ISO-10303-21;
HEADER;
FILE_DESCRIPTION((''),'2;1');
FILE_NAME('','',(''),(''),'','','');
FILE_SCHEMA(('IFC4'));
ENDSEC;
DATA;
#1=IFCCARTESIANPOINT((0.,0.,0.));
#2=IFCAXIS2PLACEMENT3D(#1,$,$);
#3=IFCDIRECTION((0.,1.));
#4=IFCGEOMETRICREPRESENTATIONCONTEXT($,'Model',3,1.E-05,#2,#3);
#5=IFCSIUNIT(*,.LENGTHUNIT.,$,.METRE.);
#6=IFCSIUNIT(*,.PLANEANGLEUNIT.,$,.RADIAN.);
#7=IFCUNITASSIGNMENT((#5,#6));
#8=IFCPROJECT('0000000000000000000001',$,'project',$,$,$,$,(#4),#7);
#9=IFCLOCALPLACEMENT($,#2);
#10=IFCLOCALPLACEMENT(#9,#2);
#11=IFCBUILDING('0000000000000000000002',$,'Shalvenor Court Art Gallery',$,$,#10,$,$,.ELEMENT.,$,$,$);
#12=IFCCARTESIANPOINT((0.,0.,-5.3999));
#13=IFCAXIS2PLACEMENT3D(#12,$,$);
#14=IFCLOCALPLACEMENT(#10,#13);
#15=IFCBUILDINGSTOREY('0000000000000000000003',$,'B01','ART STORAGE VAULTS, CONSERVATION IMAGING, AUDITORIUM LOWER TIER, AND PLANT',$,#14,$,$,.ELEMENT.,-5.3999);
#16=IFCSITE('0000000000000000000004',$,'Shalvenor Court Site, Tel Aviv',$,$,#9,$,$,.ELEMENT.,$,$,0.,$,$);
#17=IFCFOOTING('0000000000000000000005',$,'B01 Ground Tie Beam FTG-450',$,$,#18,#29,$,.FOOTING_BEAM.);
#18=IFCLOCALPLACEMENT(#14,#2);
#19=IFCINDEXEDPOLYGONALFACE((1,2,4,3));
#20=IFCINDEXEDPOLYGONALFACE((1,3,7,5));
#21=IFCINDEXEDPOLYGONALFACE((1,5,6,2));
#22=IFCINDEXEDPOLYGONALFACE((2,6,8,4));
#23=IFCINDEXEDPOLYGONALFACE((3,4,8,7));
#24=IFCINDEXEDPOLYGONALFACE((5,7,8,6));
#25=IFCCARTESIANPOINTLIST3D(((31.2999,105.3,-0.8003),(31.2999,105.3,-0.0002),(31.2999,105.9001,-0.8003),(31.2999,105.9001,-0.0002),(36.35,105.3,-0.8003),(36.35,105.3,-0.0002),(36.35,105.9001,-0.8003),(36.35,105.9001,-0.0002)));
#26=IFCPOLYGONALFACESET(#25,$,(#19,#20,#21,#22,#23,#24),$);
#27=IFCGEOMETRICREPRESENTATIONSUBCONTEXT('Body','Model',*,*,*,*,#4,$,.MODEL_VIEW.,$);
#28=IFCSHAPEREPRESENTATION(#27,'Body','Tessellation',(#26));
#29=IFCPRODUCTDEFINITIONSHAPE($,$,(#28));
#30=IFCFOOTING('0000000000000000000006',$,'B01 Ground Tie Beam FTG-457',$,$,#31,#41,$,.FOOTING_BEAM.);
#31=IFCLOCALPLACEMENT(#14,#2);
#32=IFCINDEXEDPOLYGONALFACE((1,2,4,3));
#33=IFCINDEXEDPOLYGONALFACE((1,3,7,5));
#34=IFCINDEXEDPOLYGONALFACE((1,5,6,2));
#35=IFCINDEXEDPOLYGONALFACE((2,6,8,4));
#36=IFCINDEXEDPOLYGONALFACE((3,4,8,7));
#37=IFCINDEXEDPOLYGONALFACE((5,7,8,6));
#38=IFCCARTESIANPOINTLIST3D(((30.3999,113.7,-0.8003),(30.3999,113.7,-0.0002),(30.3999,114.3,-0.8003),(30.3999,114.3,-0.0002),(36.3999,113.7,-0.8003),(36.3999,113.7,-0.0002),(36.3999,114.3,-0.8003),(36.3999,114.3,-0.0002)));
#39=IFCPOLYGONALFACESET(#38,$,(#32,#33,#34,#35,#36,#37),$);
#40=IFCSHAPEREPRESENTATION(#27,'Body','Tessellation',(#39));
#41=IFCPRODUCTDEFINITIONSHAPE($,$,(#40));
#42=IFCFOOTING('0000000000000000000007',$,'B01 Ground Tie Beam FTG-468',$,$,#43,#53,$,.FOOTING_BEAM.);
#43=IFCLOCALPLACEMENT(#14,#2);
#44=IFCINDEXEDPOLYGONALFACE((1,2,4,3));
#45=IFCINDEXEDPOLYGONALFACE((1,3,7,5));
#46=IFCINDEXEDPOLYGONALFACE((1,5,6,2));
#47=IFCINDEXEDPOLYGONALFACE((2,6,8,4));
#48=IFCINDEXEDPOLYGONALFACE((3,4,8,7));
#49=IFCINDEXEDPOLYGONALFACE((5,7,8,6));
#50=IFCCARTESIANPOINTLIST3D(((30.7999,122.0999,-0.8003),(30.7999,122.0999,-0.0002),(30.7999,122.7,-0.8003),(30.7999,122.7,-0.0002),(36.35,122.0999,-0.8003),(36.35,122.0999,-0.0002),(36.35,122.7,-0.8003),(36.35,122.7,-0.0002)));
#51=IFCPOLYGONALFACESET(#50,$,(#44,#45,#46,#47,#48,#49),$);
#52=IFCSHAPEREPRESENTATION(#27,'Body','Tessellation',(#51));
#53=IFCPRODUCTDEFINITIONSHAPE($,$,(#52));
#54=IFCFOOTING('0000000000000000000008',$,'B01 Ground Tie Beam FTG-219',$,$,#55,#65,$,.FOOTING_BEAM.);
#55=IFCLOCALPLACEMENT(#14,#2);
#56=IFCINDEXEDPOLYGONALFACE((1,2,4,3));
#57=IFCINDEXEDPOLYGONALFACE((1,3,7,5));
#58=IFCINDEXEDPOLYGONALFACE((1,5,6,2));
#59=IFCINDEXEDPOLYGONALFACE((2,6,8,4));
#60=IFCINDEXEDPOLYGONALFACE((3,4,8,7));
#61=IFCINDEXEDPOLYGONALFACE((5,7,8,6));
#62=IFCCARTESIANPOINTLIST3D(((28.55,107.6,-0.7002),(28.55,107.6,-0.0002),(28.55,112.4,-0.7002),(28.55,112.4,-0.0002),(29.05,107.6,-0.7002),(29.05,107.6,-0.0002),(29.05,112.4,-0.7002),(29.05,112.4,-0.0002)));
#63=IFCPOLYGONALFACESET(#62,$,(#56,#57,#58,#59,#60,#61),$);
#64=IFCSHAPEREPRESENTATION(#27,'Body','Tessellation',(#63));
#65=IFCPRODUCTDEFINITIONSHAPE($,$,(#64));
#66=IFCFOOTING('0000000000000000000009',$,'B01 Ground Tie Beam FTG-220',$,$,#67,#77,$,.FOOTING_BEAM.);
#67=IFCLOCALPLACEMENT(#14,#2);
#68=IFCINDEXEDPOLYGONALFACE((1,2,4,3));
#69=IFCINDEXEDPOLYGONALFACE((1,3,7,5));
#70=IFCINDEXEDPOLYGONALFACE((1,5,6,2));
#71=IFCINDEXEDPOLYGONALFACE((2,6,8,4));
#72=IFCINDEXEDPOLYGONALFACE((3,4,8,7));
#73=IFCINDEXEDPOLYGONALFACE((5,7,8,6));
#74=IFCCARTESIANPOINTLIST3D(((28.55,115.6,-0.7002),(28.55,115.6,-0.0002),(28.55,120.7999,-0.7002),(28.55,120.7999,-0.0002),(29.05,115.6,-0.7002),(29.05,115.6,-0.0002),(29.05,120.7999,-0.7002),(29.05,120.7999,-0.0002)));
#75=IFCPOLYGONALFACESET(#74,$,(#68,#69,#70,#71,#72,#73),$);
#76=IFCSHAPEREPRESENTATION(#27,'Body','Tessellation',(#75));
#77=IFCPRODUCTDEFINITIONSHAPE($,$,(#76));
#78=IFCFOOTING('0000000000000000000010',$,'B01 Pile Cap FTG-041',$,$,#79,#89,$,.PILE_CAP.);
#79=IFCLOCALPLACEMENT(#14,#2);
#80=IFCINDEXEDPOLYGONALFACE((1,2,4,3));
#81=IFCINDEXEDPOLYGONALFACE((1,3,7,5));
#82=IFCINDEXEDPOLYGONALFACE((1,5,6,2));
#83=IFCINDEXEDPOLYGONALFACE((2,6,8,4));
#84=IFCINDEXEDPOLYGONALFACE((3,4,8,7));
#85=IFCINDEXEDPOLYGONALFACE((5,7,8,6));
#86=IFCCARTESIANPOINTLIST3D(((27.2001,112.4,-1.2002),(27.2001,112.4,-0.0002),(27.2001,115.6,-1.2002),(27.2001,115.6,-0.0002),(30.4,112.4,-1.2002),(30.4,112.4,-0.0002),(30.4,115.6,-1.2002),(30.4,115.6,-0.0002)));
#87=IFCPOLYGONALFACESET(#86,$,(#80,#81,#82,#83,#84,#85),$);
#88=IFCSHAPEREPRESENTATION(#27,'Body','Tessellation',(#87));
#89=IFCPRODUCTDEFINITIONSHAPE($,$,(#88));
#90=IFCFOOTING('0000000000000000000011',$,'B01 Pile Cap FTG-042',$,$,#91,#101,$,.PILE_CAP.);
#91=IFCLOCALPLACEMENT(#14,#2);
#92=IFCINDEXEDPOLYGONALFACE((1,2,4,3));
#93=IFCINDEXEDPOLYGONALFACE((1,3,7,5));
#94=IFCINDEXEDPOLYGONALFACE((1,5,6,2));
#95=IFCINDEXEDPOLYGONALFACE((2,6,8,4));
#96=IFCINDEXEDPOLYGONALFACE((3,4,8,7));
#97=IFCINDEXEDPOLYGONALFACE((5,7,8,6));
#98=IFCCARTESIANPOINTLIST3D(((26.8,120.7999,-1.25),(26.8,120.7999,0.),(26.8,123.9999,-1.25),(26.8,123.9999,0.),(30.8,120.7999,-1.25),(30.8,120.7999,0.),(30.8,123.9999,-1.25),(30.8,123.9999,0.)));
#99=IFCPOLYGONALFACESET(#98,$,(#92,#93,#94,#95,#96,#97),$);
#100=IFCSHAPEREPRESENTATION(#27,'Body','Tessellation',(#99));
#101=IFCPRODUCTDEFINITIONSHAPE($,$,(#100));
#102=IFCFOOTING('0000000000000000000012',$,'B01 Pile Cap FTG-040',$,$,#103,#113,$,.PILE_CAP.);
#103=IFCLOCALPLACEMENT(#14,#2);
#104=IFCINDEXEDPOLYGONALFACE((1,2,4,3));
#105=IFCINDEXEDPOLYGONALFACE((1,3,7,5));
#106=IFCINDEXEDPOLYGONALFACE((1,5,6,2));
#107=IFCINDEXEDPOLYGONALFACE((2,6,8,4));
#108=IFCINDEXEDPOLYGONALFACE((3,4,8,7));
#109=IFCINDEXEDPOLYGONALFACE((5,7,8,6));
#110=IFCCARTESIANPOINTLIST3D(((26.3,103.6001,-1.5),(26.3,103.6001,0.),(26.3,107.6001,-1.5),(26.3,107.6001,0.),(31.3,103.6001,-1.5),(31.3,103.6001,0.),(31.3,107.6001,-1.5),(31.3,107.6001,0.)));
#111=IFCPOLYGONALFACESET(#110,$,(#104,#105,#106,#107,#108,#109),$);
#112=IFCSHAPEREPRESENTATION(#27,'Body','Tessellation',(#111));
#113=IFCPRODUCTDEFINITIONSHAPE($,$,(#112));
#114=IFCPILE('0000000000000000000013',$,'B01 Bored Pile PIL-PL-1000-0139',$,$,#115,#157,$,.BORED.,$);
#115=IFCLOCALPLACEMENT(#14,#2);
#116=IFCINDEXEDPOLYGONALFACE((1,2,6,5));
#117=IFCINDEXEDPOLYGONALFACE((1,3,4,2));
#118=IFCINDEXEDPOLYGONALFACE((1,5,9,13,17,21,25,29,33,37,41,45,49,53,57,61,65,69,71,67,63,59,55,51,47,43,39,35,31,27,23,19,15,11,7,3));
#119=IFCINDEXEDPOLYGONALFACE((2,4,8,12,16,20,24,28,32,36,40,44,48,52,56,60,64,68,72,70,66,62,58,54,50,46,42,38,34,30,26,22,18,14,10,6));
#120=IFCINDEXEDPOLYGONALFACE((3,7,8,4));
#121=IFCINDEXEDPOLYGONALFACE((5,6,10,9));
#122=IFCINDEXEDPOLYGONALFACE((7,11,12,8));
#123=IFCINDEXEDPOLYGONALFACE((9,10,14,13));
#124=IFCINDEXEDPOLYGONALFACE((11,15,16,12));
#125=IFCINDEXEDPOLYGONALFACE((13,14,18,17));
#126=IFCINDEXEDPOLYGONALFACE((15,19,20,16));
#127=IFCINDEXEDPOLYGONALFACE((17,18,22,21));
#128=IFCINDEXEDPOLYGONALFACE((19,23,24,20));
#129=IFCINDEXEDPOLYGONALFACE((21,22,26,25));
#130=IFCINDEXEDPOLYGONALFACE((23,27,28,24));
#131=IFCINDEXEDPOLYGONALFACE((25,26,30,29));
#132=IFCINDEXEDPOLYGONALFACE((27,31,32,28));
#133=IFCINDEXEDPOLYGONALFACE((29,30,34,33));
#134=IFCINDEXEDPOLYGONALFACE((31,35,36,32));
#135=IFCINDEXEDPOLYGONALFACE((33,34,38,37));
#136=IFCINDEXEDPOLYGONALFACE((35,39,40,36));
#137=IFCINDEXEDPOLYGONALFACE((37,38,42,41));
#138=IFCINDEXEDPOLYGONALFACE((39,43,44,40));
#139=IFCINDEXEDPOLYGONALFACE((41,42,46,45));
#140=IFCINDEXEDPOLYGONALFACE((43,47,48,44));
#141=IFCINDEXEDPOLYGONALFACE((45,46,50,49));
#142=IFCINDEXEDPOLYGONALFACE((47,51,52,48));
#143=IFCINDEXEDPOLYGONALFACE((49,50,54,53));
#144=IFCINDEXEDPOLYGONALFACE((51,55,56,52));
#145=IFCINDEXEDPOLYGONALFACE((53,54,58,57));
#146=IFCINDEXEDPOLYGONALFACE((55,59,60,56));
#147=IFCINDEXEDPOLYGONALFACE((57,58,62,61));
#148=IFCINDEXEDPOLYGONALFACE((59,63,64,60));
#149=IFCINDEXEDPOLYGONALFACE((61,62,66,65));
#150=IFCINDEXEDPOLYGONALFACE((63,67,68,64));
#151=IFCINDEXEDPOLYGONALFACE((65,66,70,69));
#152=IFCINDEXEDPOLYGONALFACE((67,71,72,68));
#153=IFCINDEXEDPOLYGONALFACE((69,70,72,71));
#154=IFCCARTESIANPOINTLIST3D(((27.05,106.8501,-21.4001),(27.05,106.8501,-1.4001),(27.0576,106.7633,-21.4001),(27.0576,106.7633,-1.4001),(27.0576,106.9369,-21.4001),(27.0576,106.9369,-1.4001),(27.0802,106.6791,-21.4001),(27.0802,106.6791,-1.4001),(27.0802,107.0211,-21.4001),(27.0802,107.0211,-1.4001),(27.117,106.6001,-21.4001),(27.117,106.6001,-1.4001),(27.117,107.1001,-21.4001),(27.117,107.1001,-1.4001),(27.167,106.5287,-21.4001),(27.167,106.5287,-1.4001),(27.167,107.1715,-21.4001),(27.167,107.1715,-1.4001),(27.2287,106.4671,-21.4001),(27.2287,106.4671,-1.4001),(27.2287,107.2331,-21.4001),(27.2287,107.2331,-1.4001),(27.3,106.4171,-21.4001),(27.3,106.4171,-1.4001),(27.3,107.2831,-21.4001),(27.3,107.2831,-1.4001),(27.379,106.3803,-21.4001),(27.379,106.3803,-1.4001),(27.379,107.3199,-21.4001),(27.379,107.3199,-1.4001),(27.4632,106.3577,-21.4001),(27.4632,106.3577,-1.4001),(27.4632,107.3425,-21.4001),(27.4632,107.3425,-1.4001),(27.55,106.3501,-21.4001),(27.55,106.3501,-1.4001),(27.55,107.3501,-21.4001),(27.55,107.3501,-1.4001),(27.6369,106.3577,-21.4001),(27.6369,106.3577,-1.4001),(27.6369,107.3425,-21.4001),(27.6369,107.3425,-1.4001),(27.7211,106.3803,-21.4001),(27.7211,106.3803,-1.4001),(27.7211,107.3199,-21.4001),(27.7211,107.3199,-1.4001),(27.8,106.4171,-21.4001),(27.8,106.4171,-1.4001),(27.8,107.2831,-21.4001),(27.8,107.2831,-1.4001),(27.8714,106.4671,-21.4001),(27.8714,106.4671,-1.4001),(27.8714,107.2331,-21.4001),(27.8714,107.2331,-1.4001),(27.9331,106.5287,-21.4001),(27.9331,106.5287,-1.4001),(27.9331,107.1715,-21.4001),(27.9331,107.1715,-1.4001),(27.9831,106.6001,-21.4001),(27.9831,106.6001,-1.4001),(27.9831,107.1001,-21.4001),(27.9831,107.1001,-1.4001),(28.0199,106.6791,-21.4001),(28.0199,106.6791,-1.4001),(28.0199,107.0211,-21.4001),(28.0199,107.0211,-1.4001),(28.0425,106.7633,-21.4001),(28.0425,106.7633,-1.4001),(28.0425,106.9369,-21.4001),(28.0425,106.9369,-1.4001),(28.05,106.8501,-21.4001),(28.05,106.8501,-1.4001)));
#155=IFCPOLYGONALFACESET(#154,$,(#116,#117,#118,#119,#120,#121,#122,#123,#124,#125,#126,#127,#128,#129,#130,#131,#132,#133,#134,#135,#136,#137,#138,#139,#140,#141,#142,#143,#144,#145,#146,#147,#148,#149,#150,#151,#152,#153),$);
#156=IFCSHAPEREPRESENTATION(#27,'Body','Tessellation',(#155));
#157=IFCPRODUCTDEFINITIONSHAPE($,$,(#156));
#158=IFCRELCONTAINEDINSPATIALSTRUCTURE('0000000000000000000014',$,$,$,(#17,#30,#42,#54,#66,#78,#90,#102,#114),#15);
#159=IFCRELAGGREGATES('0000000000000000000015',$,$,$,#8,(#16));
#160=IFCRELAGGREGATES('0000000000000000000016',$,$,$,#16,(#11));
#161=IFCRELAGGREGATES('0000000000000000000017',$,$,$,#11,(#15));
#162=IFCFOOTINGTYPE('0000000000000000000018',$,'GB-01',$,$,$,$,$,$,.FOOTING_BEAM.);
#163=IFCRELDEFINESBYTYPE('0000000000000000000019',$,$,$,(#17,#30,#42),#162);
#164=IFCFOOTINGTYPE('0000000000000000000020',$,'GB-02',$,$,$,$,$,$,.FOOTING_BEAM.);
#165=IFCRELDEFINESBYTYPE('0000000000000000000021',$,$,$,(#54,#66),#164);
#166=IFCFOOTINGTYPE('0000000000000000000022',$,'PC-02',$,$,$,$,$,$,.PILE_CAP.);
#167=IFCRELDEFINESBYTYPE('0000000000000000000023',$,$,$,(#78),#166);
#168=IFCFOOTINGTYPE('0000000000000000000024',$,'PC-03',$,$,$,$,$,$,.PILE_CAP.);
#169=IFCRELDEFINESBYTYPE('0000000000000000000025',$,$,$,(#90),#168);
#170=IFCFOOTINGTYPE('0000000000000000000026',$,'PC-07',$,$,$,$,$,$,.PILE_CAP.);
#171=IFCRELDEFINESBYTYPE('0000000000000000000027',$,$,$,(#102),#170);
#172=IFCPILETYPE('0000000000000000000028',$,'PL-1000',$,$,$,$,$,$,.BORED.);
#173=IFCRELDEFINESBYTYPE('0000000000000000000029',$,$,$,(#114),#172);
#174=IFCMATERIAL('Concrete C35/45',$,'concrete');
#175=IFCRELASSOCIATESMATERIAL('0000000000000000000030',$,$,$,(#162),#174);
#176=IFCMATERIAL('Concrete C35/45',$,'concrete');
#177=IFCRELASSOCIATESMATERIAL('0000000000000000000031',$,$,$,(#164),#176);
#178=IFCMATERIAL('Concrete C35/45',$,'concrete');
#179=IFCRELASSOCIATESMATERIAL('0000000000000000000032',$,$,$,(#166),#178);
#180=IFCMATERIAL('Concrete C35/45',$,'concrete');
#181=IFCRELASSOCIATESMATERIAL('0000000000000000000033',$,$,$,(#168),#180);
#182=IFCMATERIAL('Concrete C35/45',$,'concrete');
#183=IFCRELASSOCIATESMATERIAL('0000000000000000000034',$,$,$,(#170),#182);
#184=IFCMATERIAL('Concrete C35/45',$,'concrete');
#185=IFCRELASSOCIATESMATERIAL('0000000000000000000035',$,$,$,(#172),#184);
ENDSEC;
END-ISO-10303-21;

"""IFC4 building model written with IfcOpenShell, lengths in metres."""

from ifc_helpers import new_model, si_unit, direction, frame, origin, origin_2d, place, context, subcontext, project, spatial, rectangle, circle, extrude, material, material_profile, profile_set, type_object, element, save


model = new_model("IFC4")

# Units and contexts
model_context = context("Model", 3, precision=1e-05, world=origin(), true_north=direction((0.0, 1.0)))
body_context = subcontext(model_context, "Body", "Model", "MODEL_VIEW")
ifc_project = project(units=[si_unit("LENGTHUNIT", "METRE"), si_unit("PLANEANGLEUNIT", "RADIAN")], contexts=[model_context])

# Site, building, storey
site_placement = place(None, origin())
site = spatial("IfcSite", under=ifc_project, at=site_placement, Name="Shalvenor Court Site, Tel Aviv", CompositionType="ELEMENT", RefElevation=0.0)
building_placement = place(site_placement, origin())
building = spatial("IfcBuilding", under=site, at=building_placement, Name="Shalvenor Court Art Gallery", CompositionType="ELEMENT")
storey_placement = place(building_placement, frame((0.0, 0.0, -5.3999)))
storey = spatial("IfcBuildingStorey", under=building, at=storey_placement, Name="B01", Description="ART STORAGE VAULTS, CONSERVATION IMAGING, AUDITORIUM LOWER TIER, AND PLANT", CompositionType="ELEMENT", Elevation=-5.3999)

# Footings
ifc_material_1 = material(Name="Concrete C35/45", Category="concrete")
footing_type_1 = type_object("IfcFootingType", Name="GB-01", PredefinedType="FOOTING_BEAM", material=ifc_material_1)
footing_1_placement = place(storey_placement, frame((33.825, 105.6001, -0.8003), z_axis=(0.0, 0.0, 1.0), x_axis=(1.0, 0.0, 0.0)))
element("IfcFooting", 1, at=footing_1_placement, inside=storey, type_object=footing_type_1, Name="B01 Ground Tie Beam FTG-450", PredefinedType="FOOTING_BEAM", context=body_context, shape_type="SweptSolid", body=[
    extrude(rectangle(XDim=5.05, YDim=0.6001, at=origin_2d()), origin(), (0.0, 0.0, 1.0), 0.8),
])
footing_2_placement = place(storey_placement, frame((33.3999, 114.0, -0.8003), z_axis=(0.0, 0.0, 1.0), x_axis=(1.0, 0.0, 0.0)))
element("IfcFooting", 2, at=footing_2_placement, inside=storey, type_object=footing_type_1, Name="B01 Ground Tie Beam FTG-457", PredefinedType="FOOTING_BEAM", context=body_context, shape_type="SweptSolid", body=[
    extrude(rectangle(XDim=6.0, YDim=0.6001, at=origin_2d()), origin(), (0.0, 0.0, 1.0), 0.8),
])
footing_3_placement = place(storey_placement, frame((33.575, 122.3999, -0.8003), z_axis=(0.0, 0.0, 1.0), x_axis=(1.0, 0.0, 0.0)))
element("IfcFooting", 3, at=footing_3_placement, inside=storey, type_object=footing_type_1, Name="B01 Ground Tie Beam FTG-468", PredefinedType="FOOTING_BEAM", context=body_context, shape_type="SweptSolid", body=[
    extrude(rectangle(XDim=5.55, YDim=0.6001, at=origin_2d()), origin(), (0.0, 0.0, 1.0), 0.8),
])
ifc_material_2 = material(Name="Concrete C35/45", Category="concrete")
footing_type_2 = type_object("IfcFootingType", Name="GB-02", PredefinedType="FOOTING_BEAM", material=ifc_material_2)
footing_4_placement = place(storey_placement, frame((28.8, 110.0, -0.7002), z_axis=(0.0, 0.0, 1.0), x_axis=(0.0, 1.0, 0.0)))
element("IfcFooting", 4, at=footing_4_placement, inside=storey, type_object=footing_type_2, Name="B01 Ground Tie Beam FTG-219", PredefinedType="FOOTING_BEAM", context=body_context, shape_type="SweptSolid", body=[
    extrude(rectangle(XDim=4.8, YDim=0.5, at=origin_2d()), origin(), (0.0, 0.0, 1.0), 0.7),
])
footing_5_placement = place(storey_placement, frame((28.8, 118.2, -0.7002), z_axis=(0.0, 0.0, 1.0), x_axis=(0.0, 1.0, 0.0)))
element("IfcFooting", 5, at=footing_5_placement, inside=storey, type_object=footing_type_2, Name="B01 Ground Tie Beam FTG-220", PredefinedType="FOOTING_BEAM", context=body_context, shape_type="SweptSolid", body=[
    extrude(rectangle(XDim=5.2, YDim=0.5, at=origin_2d()), origin(), (0.0, 0.0, 1.0), 0.7),
])
ifc_material_3 = material(Name="Concrete C35/45", Category="concrete")
footing_type_3 = type_object("IfcFootingType", Name="PC-02", PredefinedType="PILE_CAP", material=ifc_material_3)
footing_6_placement = place(storey_placement, frame((28.8, 114.0, -1.2002), z_axis=(0.0, 0.0, 1.0), x_axis=(1.0, 0.0, 0.0)))
element("IfcFooting", 6, at=footing_6_placement, inside=storey, type_object=footing_type_3, Name="B01 Pile Cap FTG-041", PredefinedType="PILE_CAP", context=body_context, shape_type="SweptSolid", body=[
    extrude(rectangle(XDim=3.2, YDim=3.2, at=origin_2d()), origin(), (0.0, 0.0, 1.0), 1.2),
])
ifc_material_4 = material(Name="Concrete C35/45", Category="concrete")
footing_type_4 = type_object("IfcFootingType", Name="PC-03", PredefinedType="PILE_CAP", material=ifc_material_4)
footing_7_placement = place(storey_placement, frame((28.8, 122.3999, -1.25), z_axis=(0.0, 0.0, 1.0), x_axis=(1.0, 0.0, 0.0)))
element("IfcFooting", 7, at=footing_7_placement, inside=storey, type_object=footing_type_4, Name="B01 Pile Cap FTG-042", PredefinedType="PILE_CAP", context=body_context, shape_type="SweptSolid", body=[
    extrude(rectangle(XDim=4.0, YDim=3.2, at=origin_2d()), origin(), (0.0, 0.0, 1.0), 1.25),
])
ifc_material_5 = material(Name="Concrete C35/45", Category="concrete")
footing_type_5 = type_object("IfcFootingType", Name="PC-07", PredefinedType="PILE_CAP", material=ifc_material_5)
footing_8_placement = place(storey_placement, frame((28.8, 105.6001, -1.5), z_axis=(0.0, 0.0, 1.0), x_axis=(1.0, 0.0, 0.0)))
element("IfcFooting", 8, at=footing_8_placement, inside=storey, type_object=footing_type_5, Name="B01 Pile Cap FTG-040", PredefinedType="PILE_CAP", context=body_context, shape_type="SweptSolid", body=[
    extrude(rectangle(XDim=5.0, YDim=4.0, at=origin_2d()), origin(), (0.0, 0.0, 1.0), 1.5),
])

# Pile
ifc_material_6 = material(Name="Concrete C35/45", Category="concrete")
ifc_material_profile_1 = material_profile(ifc_material_6, circle(Radius=0.5, at=origin_2d()), Name="PILE 1000")
ifc_profile_set_1 = profile_set([ifc_material_profile_1], Name="Concrete C35/45")
pile_type_1 = type_object("IfcPileType", Name="PL-1000", PredefinedType="BORED", material=ifc_profile_set_1)
for number, where, z_axis, x_axis, name in (
    (9, (27.55, 106.8501, -1.4001), (0.0, 0.0, -1.0), (1.0, 0.0, 0.0), "B01 Bored Pile PIL-PL-1000-0139"),
):
    element("IfcPile", number, at=place(storey_placement, frame(where, z_axis=z_axis, x_axis=x_axis)), inside=storey, type_object=pile_type_1, Name=name, PredefinedType="BORED", context=body_context, shape_type="SweptSolid", body=[
        extrude(circle(Radius=0.5, at=origin_2d()), origin(), (0.0, 0.0, 1.0), 20.0),
    ])

save(model, "model.ifc")
